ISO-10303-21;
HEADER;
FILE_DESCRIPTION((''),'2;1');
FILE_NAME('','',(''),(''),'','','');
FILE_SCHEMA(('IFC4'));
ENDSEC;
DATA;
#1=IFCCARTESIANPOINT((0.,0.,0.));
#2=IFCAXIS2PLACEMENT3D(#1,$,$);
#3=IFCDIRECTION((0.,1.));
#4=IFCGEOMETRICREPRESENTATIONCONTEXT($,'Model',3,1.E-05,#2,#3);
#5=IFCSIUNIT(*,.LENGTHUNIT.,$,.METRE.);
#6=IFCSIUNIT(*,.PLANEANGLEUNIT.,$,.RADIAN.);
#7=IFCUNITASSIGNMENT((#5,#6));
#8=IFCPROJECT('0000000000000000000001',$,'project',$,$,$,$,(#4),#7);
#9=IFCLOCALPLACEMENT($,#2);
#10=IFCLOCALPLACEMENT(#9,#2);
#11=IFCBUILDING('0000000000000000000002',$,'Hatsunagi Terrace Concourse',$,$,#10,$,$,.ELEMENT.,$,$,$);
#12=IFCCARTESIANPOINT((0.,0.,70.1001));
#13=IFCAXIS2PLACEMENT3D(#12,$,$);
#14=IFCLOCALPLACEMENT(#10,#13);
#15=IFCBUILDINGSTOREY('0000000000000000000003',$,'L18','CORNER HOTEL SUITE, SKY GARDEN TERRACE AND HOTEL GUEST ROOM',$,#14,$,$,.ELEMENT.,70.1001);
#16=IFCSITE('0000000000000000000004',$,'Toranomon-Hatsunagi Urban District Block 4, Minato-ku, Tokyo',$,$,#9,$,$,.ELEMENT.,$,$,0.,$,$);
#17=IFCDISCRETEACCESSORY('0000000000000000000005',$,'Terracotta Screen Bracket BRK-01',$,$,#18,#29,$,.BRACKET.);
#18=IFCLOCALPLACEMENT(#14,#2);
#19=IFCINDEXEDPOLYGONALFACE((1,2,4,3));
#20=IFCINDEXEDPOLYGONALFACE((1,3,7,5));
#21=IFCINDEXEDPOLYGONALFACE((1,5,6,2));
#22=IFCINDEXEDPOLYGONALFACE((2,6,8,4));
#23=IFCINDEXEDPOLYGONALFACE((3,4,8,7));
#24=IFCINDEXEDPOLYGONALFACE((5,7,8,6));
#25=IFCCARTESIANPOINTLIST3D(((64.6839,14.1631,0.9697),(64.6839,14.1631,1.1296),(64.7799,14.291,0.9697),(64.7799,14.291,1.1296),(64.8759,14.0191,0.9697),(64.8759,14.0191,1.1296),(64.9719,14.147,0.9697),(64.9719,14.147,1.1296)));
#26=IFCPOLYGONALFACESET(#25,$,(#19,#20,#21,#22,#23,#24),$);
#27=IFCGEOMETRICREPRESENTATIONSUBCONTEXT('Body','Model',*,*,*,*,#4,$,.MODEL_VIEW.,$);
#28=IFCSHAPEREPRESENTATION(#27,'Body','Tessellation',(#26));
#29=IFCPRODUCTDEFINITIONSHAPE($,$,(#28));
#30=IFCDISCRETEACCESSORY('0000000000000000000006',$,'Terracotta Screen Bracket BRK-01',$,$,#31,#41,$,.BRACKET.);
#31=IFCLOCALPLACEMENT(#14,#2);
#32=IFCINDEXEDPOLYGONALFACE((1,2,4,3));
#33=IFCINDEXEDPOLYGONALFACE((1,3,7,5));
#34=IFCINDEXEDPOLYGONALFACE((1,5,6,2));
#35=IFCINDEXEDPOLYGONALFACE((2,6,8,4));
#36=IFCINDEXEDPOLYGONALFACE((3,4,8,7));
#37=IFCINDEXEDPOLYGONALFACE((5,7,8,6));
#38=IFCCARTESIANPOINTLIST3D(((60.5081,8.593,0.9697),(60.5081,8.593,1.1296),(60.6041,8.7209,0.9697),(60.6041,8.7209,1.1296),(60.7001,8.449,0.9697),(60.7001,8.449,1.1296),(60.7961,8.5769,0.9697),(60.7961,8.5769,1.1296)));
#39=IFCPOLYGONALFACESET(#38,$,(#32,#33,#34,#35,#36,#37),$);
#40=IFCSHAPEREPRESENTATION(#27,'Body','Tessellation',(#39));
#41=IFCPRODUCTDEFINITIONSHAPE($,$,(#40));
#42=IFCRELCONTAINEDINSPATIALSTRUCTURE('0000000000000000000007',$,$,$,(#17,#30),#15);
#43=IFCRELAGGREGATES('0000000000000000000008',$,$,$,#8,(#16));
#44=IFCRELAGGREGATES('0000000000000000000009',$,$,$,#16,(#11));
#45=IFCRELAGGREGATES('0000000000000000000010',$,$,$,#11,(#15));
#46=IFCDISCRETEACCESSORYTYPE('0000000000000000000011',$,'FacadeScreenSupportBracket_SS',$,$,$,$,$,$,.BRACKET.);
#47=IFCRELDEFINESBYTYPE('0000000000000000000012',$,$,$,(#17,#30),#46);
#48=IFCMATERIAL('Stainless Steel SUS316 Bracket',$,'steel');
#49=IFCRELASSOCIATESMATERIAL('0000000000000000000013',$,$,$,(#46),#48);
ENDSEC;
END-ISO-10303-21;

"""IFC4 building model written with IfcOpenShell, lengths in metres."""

from ifc_helpers import new_model, si_unit, direction, frame, origin, origin_2d, place, context, subcontext, project, spatial, rectangle, extrude, material, type_object, element, save


model = new_model("IFC4")

# Units and contexts
model_context = context("Model", 3, precision=1e-05, world=origin(), true_north=direction((0.0, 1.0)))
body_context = subcontext(model_context, "Body", "Model", "MODEL_VIEW")
ifc_project = project(units=[si_unit("LENGTHUNIT", "METRE"), si_unit("PLANEANGLEUNIT", "RADIAN")], contexts=[model_context])

# Site, building, storey
site_placement = place(None, origin())
site = spatial("IfcSite", under=ifc_project, at=site_placement, Name="Toranomon-Hatsunagi Urban District Block 4, Minato-ku, Tokyo", CompositionType="ELEMENT", RefElevation=0.0)
building_placement = place(site_placement, origin())
building = spatial("IfcBuilding", under=site, at=building_placement, Name="Hatsunagi Terrace Concourse", CompositionType="ELEMENT")
storey_placement = place(building_placement, frame((0.0, 0.0, 70.1001)))
storey = spatial("IfcBuildingStorey", under=building, at=storey_placement, Name="L18", Description="CORNER HOTEL SUITE, SKY GARDEN TERRACE AND HOTEL GUEST ROOM", CompositionType="ELEMENT", Elevation=70.1001)

# Discrete accessories
ifc_material_1 = material(Name="Stainless Steel SUS316 Bracket", Category="steel")
discrete_accessory_type = type_object("IfcDiscreteAccessoryType", Name="FacadeScreenSupportBracket_SS", PredefinedType="BRACKET", material=ifc_material_1)
for number, where, z_axis, x_axis, name in (
    (1, (64.8279, 14.155, 0.9697), (0.0, 0.0, 1.0), (-0.599969, -0.800023, 0.0), "Terracotta Screen Bracket BRK-01"),
    (2, (60.6521, 8.585, 0.9697), (0.0, 0.0, 1.0), (-0.599969, -0.800023, 0.0), "Terracotta Screen Bracket BRK-01"),
):
    element("IfcDiscreteAccessory", number, at=place(storey_placement, frame(where, z_axis=z_axis, x_axis=x_axis)), inside=storey, type_object=discrete_accessory_type, Name=name, PredefinedType="BRACKET", context=body_context, shape_type="SweptSolid", body=[
        extrude(rectangle(XDim=0.1599, YDim=0.24, at=origin_2d()), origin(), (0.0, 0.0, 1.0), 0.1599),
    ])

save(model, "model.ifc")
